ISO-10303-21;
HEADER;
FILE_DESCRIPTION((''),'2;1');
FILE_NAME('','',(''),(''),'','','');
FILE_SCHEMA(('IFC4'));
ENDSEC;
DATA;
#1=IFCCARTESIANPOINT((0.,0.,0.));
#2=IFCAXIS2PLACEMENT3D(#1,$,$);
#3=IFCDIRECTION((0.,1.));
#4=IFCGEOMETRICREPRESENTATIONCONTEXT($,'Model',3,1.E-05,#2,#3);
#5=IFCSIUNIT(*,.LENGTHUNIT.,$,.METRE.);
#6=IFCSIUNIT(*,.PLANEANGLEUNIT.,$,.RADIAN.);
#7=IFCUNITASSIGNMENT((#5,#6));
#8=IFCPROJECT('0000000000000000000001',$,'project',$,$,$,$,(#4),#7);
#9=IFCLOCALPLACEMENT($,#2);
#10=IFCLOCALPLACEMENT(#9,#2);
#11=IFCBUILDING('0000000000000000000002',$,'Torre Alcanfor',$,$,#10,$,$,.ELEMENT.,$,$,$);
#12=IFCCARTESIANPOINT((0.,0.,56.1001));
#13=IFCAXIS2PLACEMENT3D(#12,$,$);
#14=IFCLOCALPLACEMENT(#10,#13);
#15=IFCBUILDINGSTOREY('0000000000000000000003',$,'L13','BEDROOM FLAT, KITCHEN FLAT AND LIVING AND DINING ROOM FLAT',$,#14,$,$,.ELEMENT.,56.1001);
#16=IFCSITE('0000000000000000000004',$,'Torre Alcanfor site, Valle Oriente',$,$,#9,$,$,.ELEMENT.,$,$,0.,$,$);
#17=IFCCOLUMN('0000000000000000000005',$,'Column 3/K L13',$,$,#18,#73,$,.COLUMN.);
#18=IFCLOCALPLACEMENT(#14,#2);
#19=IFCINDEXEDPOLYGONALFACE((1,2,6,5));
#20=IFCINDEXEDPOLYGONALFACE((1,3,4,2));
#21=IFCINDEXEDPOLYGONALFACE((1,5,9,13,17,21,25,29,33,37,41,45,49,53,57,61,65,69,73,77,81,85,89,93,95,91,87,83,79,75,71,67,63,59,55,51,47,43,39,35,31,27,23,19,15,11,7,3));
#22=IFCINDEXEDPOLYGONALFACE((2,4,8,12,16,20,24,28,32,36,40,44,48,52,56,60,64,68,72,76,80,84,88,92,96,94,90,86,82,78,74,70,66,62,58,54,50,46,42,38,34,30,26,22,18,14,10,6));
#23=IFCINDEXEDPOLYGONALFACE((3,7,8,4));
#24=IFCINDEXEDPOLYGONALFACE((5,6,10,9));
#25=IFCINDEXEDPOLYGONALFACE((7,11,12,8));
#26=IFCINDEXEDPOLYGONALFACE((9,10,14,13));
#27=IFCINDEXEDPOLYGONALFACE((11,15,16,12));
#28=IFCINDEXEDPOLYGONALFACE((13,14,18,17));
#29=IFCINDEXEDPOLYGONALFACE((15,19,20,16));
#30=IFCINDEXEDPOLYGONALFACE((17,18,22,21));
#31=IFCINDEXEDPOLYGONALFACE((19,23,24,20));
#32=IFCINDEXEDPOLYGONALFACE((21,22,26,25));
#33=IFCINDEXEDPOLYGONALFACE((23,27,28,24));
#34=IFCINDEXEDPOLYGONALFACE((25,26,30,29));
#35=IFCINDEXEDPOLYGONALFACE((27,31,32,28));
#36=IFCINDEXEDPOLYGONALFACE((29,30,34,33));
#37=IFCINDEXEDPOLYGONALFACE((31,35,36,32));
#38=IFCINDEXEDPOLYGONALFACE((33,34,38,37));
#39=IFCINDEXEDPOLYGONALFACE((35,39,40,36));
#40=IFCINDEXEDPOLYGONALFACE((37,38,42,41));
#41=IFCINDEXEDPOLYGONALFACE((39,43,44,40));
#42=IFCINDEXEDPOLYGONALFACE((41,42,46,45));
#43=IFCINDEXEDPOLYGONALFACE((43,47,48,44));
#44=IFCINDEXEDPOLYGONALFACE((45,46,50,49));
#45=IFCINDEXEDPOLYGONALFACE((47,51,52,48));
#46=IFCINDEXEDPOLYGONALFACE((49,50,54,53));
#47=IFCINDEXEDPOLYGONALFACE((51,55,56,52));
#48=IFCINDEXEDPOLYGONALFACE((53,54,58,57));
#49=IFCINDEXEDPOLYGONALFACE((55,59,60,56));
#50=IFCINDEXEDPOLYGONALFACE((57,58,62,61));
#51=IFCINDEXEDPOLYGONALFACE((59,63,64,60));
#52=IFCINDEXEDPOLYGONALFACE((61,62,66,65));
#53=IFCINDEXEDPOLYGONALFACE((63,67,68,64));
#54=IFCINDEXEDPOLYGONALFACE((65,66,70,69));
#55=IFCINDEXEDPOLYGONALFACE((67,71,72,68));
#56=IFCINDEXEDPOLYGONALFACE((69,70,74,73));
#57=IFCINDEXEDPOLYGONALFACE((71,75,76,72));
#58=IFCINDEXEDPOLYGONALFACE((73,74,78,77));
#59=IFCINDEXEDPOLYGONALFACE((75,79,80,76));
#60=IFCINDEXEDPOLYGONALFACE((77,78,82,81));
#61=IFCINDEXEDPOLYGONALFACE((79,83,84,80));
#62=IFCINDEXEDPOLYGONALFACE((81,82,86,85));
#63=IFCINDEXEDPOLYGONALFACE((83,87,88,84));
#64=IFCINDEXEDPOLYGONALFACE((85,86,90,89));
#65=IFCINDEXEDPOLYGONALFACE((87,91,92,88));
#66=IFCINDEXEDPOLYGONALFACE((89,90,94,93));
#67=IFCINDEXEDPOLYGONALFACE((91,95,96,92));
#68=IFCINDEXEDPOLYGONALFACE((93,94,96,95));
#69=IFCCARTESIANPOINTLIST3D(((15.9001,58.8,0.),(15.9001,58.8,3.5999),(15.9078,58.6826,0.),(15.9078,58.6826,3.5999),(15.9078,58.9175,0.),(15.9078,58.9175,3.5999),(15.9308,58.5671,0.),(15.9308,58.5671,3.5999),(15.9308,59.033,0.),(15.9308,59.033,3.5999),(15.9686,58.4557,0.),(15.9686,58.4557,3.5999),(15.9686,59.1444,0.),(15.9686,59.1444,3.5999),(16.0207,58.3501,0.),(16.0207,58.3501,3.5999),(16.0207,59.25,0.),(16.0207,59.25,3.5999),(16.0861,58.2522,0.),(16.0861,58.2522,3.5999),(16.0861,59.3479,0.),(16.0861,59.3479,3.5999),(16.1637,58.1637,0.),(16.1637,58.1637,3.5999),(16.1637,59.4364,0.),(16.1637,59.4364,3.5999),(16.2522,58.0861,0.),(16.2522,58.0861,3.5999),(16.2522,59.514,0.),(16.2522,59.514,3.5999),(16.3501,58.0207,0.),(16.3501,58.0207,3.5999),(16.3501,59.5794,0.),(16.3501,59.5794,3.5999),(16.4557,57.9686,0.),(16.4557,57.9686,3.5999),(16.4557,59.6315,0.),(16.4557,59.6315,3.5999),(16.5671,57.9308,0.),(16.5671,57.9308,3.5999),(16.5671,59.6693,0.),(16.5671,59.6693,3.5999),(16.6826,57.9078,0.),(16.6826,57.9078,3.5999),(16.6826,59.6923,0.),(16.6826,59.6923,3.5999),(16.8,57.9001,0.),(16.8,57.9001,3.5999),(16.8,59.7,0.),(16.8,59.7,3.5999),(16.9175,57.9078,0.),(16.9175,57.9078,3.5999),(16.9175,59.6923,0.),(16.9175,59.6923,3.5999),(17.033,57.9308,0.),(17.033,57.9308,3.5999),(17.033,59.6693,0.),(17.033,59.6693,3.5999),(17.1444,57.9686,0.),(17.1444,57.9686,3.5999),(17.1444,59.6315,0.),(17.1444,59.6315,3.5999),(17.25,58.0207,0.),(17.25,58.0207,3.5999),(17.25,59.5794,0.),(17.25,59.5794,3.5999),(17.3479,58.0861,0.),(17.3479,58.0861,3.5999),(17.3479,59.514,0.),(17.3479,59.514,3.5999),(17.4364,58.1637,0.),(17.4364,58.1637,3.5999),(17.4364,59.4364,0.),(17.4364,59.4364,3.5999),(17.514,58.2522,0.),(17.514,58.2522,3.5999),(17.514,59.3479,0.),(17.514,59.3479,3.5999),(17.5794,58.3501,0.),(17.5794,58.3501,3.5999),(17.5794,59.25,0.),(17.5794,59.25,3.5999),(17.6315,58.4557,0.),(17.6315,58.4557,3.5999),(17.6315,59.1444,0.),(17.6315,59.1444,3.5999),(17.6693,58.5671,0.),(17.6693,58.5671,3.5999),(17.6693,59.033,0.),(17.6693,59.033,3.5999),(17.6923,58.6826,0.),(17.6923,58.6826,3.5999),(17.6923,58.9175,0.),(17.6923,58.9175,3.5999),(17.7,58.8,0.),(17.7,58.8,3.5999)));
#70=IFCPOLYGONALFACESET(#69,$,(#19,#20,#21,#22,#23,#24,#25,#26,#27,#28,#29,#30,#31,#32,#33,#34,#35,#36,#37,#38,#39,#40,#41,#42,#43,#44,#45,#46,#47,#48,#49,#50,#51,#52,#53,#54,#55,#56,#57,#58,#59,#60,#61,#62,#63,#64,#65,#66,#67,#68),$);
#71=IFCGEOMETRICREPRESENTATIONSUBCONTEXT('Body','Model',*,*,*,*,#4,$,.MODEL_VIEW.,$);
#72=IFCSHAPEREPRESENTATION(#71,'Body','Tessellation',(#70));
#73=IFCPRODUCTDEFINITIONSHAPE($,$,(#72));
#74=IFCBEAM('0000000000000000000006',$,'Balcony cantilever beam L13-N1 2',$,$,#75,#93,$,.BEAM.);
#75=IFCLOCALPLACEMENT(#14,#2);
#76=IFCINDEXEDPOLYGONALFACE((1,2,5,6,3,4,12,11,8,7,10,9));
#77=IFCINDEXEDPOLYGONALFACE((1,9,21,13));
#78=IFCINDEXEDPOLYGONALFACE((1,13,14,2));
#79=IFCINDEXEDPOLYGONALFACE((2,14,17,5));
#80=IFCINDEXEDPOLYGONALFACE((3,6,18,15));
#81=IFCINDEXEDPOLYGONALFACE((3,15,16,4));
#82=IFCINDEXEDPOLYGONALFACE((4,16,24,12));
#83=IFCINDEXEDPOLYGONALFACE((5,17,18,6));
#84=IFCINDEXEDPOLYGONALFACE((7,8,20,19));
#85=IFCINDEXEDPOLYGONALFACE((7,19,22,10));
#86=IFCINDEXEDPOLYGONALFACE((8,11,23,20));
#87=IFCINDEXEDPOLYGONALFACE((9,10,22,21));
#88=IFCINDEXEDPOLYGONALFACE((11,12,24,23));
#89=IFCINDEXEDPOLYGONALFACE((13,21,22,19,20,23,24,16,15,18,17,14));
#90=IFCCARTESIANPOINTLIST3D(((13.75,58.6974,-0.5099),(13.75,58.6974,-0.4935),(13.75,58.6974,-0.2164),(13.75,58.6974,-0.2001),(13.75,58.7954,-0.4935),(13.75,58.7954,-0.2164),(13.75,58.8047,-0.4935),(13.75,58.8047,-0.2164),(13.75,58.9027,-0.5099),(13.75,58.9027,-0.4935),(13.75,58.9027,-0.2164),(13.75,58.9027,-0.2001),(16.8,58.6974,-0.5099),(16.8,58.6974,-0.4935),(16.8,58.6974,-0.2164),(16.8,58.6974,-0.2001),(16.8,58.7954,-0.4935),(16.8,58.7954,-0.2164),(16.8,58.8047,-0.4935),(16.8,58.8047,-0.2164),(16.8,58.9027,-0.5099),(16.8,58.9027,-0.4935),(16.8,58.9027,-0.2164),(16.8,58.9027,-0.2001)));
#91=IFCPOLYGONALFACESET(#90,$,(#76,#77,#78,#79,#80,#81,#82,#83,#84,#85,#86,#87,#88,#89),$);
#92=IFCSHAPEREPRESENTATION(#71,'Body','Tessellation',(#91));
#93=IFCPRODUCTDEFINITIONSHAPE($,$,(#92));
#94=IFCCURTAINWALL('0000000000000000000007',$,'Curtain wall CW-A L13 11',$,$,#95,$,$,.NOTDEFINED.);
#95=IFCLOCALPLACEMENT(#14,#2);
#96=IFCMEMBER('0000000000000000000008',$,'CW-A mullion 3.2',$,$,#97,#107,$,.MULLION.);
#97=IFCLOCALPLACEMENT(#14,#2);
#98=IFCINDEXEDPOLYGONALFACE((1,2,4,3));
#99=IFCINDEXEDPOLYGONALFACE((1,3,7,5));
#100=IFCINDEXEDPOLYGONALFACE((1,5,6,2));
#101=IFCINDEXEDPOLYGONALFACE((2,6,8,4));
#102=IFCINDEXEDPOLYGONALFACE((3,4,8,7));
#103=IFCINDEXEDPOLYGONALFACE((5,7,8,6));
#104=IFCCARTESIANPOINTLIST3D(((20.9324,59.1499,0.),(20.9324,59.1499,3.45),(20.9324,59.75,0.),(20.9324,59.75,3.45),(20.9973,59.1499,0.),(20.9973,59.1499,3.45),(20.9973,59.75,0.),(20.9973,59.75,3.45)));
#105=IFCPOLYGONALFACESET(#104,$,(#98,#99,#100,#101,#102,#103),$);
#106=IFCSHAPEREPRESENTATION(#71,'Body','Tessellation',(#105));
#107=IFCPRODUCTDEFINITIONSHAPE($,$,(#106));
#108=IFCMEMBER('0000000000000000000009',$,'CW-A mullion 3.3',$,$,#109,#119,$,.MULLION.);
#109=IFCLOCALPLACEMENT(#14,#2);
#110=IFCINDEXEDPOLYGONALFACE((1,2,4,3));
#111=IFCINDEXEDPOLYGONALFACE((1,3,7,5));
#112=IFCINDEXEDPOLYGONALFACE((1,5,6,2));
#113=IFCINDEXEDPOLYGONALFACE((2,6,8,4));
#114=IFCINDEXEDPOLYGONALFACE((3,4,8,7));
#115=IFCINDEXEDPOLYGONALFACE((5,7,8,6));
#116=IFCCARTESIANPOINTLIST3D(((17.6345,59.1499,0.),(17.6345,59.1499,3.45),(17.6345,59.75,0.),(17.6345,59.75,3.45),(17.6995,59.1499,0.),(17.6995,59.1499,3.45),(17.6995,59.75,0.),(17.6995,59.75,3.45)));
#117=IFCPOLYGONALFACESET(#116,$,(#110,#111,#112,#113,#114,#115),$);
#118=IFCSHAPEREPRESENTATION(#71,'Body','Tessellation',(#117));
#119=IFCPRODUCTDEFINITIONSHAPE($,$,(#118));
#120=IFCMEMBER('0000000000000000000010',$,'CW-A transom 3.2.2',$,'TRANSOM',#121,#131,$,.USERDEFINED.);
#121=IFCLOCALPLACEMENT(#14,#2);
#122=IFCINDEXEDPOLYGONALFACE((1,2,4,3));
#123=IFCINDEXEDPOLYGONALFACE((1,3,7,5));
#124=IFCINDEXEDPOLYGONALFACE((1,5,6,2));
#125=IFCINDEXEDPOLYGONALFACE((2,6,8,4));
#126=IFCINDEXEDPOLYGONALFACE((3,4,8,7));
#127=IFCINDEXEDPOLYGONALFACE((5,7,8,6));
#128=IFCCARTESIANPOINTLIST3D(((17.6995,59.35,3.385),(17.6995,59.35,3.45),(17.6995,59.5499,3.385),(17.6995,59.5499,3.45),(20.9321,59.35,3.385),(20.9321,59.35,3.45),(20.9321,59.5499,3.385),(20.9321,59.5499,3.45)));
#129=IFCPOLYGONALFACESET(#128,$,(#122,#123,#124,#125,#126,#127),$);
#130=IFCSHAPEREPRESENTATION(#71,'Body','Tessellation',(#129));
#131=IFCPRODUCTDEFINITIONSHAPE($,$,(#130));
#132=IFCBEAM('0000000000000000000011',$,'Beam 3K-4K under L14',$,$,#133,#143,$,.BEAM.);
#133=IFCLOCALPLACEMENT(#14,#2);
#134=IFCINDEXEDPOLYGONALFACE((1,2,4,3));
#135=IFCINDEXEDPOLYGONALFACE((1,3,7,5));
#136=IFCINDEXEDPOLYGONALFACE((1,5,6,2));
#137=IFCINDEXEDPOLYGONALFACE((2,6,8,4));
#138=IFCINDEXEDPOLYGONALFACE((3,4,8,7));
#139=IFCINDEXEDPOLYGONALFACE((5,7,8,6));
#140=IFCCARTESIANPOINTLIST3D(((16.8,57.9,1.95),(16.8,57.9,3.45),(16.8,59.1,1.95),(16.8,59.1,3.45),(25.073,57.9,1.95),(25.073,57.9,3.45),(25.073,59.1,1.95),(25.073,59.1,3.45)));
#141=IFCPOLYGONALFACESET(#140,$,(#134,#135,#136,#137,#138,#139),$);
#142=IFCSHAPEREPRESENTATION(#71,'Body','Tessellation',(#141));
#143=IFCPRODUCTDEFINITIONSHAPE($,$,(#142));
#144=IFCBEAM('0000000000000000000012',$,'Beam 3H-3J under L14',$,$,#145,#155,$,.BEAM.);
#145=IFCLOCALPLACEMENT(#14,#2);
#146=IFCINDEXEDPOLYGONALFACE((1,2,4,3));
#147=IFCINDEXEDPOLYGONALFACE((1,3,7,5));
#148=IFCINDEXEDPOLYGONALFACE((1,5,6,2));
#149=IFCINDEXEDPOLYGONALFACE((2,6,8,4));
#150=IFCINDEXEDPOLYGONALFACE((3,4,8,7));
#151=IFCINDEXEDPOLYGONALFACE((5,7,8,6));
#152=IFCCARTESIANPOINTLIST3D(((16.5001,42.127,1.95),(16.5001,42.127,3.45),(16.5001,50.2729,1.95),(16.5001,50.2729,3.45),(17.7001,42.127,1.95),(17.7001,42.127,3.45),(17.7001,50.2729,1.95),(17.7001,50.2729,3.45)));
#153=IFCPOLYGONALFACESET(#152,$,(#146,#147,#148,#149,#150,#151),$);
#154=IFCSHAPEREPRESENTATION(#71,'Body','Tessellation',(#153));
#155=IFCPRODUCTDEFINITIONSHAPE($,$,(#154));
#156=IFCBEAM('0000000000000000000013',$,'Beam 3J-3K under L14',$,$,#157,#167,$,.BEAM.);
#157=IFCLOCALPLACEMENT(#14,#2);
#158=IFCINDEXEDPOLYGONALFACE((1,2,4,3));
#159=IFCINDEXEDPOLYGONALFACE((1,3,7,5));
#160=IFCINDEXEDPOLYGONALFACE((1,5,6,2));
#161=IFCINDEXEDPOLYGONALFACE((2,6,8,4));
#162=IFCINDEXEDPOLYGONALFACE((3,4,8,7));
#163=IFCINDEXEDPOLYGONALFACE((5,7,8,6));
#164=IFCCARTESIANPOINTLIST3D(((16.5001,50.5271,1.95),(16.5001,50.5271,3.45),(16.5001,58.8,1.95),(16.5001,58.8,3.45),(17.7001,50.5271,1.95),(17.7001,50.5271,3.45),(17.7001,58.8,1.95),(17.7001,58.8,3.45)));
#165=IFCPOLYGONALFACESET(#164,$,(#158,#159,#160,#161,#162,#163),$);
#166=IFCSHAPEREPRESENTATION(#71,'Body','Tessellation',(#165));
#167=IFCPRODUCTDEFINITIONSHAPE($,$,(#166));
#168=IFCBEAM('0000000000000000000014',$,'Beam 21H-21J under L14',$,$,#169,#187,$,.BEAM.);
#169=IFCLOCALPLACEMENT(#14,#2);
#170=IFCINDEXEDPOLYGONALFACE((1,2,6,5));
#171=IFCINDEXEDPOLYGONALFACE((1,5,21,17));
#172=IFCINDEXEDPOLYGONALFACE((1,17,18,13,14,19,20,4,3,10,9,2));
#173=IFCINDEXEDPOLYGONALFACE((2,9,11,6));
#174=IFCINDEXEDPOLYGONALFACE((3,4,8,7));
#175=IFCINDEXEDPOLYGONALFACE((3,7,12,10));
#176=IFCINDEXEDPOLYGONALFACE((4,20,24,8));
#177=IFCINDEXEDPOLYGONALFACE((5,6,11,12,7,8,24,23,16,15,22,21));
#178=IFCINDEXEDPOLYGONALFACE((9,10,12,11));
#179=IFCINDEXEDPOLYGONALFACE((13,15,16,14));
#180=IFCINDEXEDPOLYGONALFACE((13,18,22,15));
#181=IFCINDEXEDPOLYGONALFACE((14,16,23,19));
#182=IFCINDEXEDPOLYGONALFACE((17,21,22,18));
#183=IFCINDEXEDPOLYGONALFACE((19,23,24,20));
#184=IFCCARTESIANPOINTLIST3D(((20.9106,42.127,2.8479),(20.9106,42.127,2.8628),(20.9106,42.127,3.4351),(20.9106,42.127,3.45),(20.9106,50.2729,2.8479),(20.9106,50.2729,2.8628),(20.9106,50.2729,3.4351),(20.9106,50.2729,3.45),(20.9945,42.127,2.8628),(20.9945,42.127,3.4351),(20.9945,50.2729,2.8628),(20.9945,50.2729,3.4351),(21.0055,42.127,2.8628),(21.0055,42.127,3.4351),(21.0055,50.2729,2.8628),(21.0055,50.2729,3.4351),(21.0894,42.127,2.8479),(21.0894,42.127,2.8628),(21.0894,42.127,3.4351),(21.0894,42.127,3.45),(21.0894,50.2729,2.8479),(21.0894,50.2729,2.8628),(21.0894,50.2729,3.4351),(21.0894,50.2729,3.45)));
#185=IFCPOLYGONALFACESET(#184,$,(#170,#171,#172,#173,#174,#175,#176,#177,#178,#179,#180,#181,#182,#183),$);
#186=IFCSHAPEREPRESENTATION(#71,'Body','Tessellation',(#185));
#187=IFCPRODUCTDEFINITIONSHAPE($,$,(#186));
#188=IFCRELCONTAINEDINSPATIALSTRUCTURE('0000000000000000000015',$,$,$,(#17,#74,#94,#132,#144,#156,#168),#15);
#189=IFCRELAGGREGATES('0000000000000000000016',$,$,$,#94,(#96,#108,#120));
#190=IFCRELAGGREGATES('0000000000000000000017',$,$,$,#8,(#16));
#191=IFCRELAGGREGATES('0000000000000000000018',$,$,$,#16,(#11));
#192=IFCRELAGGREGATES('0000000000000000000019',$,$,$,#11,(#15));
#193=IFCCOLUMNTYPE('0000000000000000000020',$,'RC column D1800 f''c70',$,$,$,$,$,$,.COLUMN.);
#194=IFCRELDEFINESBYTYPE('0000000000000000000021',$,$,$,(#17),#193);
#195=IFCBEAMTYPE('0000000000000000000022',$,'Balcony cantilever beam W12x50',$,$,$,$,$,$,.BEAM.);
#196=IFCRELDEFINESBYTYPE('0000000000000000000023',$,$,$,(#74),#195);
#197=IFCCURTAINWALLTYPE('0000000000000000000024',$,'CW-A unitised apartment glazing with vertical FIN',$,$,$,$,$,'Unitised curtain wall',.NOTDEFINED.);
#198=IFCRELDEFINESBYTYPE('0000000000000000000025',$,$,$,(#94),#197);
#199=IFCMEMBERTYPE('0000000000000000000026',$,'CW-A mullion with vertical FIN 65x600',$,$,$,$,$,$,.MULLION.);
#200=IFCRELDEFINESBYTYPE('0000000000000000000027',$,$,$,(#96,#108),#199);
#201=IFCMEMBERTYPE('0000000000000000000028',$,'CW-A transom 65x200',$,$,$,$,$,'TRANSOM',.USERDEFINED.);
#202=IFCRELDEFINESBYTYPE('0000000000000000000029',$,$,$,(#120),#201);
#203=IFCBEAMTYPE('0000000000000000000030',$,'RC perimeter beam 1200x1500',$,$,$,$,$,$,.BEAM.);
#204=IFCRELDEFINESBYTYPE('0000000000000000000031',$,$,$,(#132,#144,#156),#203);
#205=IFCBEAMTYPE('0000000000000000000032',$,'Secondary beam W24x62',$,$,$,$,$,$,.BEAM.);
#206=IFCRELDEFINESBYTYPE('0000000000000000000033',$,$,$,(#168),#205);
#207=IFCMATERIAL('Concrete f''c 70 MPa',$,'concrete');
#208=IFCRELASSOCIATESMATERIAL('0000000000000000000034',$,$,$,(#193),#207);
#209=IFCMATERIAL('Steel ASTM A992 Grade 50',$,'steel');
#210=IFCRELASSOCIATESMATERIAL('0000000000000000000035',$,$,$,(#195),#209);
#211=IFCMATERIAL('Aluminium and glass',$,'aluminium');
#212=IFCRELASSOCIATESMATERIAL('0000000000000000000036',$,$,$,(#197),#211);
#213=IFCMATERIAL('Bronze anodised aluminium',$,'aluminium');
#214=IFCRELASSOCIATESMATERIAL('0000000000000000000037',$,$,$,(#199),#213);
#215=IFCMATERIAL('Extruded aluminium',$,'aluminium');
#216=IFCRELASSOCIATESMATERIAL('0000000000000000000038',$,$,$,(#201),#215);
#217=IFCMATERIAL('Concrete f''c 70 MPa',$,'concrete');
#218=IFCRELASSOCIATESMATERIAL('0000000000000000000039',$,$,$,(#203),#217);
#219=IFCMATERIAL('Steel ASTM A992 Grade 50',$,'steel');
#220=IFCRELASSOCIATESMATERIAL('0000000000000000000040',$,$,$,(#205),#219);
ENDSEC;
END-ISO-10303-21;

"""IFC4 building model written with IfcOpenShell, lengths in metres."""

from ifc_helpers import new_model, si_unit, direction, frame, origin, origin_2d, place, context, subcontext, project, spatial, rectangle, circle, i_section, extrude, material, material_profile, profile_set, type_object, element, aggregate, save


model = new_model("IFC4")

# Units and contexts
model_context = context("Model", 3, precision=1e-05, world=origin(), true_north=direction((0.0, 1.0)))
body_context = subcontext(model_context, "Body", "Model", "MODEL_VIEW")
ifc_project = project(units=[si_unit("LENGTHUNIT", "METRE"), si_unit("PLANEANGLEUNIT", "RADIAN")], contexts=[model_context])

# Site, building, storey
site_placement = place(None, origin())
site = spatial("IfcSite", under=ifc_project, at=site_placement, Name="Torre Alcanfor site, Valle Oriente", CompositionType="ELEMENT", RefElevation=0.0)
building_placement = place(site_placement, origin())
building = spatial("IfcBuilding", under=site, at=building_placement, Name="Torre Alcanfor", CompositionType="ELEMENT")
storey_placement = place(building_placement, frame((0.0, 0.0, 56.1001)))
storey = spatial("IfcBuildingStorey", under=building, at=storey_placement, Name="L13", Description="BEDROOM FLAT, KITCHEN FLAT AND LIVING AND DINING ROOM FLAT", CompositionType="ELEMENT", Elevation=56.1001)

# Column
ifc_material_1 = material(Name="Concrete f'c 70 MPa", Category="concrete")
ifc_material_profile_1 = material_profile(ifc_material_1, circle(Radius=0.8999, at=origin_2d()), Name="D1800")
ifc_profile_set_1 = profile_set([ifc_material_profile_1], Name="Concrete f'c 70 MPa")
column_type = type_object("IfcColumnType", Name="RC column D1800 f'c70", PredefinedType="COLUMN", material=ifc_profile_set_1)
column_placement = place(storey_placement, frame((16.8, 58.8, 0.0), z_axis=(0.0, 0.0, 1.0), x_axis=(1.0, 0.0, 0.0)))
element("IfcColumn", 1, at=column_placement, inside=storey, type_object=column_type, Name="Column 3/K L13", PredefinedType="COLUMN", context=body_context, shape_type="SweptSolid", body=[
    extrude(circle(Radius=0.8999, at=origin_2d()), origin(), (0.0, 0.0, 1.0), 3.5999),
])

# Beam
ifc_material_2 = material(Name="Steel ASTM A992 Grade 50", Category="steel")
ifc_material_profile_2 = material_profile(ifc_material_2, i_section(OverallWidth=0.2053, OverallDepth=0.3098, WebThickness=0.0093, FlangeThickness=0.0164, at=origin_2d()), Name="W12x50")
ifc_profile_set_2 = profile_set([ifc_material_profile_2], Name="Steel ASTM A992 Grade 50")
beam_type_1 = type_object("IfcBeamType", Name="Balcony cantilever beam W12x50", PredefinedType="BEAM", material=ifc_profile_set_2)
beam_1_placement = place(storey_placement, frame((16.8, 58.8, -0.355), z_axis=(-1.0, 0.0, 0.0), x_axis=(0.0, -1.0, 0.0)))
element("IfcBeam", 2, at=beam_1_placement, inside=storey, type_object=beam_type_1, Name="Balcony cantilever beam L13-N1 2", PredefinedType="BEAM", context=body_context, shape_type="SweptSolid", body=[
    extrude(i_section(OverallWidth=0.2053, OverallDepth=0.3098, WebThickness=0.0093, FlangeThickness=0.0164, at=origin_2d()), origin(), (0.0, 0.0, 1.0), 3.05),
])

# Curtain wall, members
ifc_material_3 = material(Name="Aluminium and glass", Category="aluminium")
curtain_wall_type = type_object("IfcCurtainWallType", Name="CW-A unitised apartment glazing with vertical FIN", ElementType="Unitised curtain wall", PredefinedType="NOTDEFINED", material=ifc_material_3)
curtain_wall_placement = place(storey_placement, origin())
curtain_wall = element("IfcCurtainWall", 3, at=curtain_wall_placement, inside=storey, type_object=curtain_wall_type, Name="Curtain wall CW-A L13 11", PredefinedType="NOTDEFINED")
ifc_material_4 = material(Name="Bronze anodised aluminium", Category="aluminium")
ifc_material_profile_3 = material_profile(ifc_material_4, rectangle(XDim=0.6001, YDim=0.0649, at=origin_2d()), Name="CW-A mullion 65x600")
ifc_profile_set_3 = profile_set([ifc_material_profile_3], Name="Bronze anodised aluminium")
member_type_1 = type_object("IfcMemberType", Name="CW-A mullion with vertical FIN 65x600", PredefinedType="MULLION", material=ifc_profile_set_3)
member_1_placement = place(storey_placement, frame((20.9648, 59.45, 0.0), z_axis=(0.0, 0.0, 1.0), x_axis=(0.0, -1.0, 0.0)))
member_1 = element("IfcMember", 4, at=member_1_placement, type_object=member_type_1, Name="CW-A mullion 3.2", PredefinedType="MULLION", context=body_context, shape_type="SweptSolid", body=[
    extrude(rectangle(XDim=0.6001, YDim=0.0649, at=origin_2d()), origin(), (0.0, 0.0, 1.0), 3.45),
])
member_2_placement = place(storey_placement, frame((17.667, 59.45, 0.0), z_axis=(0.0, 0.0, 1.0), x_axis=(0.0, -1.0, 0.0)))
member_2 = element("IfcMember", 5, at=member_2_placement, type_object=member_type_1, Name="CW-A mullion 3.3", PredefinedType="MULLION", context=body_context, shape_type="SweptSolid", body=[
    extrude(rectangle(XDim=0.6001, YDim=0.0649, at=origin_2d()), origin(), (0.0, 0.0, 1.0), 3.45),
])
ifc_material_5 = material(Name="Extruded aluminium", Category="aluminium")
ifc_material_profile_4 = material_profile(ifc_material_5, rectangle(XDim=0.2, YDim=0.0649, at=origin_2d()), Name="CW-A transom 200x65")
ifc_profile_set_4 = profile_set([ifc_material_profile_4], Name="Extruded aluminium")
member_type_2 = type_object("IfcMemberType", Name="CW-A transom 65x200", ElementType="TRANSOM", PredefinedType="USERDEFINED", material=ifc_profile_set_4)
member_3_placement = place(storey_placement, frame((20.9321, 59.45, 3.4175), z_axis=(-1.0, 0.0, 0.0), x_axis=(0.0, -1.0, 0.0)))
member_3 = element("IfcMember", 6, at=member_3_placement, type_object=member_type_2, Name="CW-A transom 3.2.2", ObjectType="TRANSOM", PredefinedType="USERDEFINED", context=body_context, shape_type="SweptSolid", body=[
    extrude(rectangle(XDim=0.2, YDim=0.0649, at=origin_2d()), origin(), (0.0, 0.0, 1.0), 3.2327),
])

# Beams
ifc_material_6 = material(Name="Concrete f'c 70 MPa", Category="concrete")
ifc_material_profile_5 = material_profile(ifc_material_6, rectangle(XDim=1.2, YDim=1.5, at=origin_2d()), Name="1200x1500")
ifc_profile_set_5 = profile_set([ifc_material_profile_5], Name="Concrete f'c 70 MPa")
beam_type_2 = type_object("IfcBeamType", Name="RC perimeter beam 1200x1500", PredefinedType="BEAM", material=ifc_profile_set_5)
beam_2_placement = place(storey_placement, frame((16.8, 58.5, 2.7), z_axis=(1.0, 0.0, 0.0), x_axis=(0.0, 1.0, 0.0)))
element("IfcBeam", 7, at=beam_2_placement, inside=storey, type_object=beam_type_2, Name="Beam 3K-4K under L14", PredefinedType="BEAM", context=body_context, shape_type="SweptSolid", body=[
    extrude(rectangle(XDim=1.2, YDim=1.5, at=origin_2d()), origin(), (0.0, 0.0, 1.0), 8.2729),
])
beam_3_placement = place(storey_placement, frame((17.1001, 42.127, 2.7), z_axis=(0.0, 1.0, 0.0), x_axis=(-1.0, 0.0, 0.0)))
element("IfcBeam", 8, at=beam_3_placement, inside=storey, type_object=beam_type_2, Name="Beam 3H-3J under L14", PredefinedType="BEAM", context=body_context, shape_type="SweptSolid", body=[
    extrude(rectangle(XDim=1.2, YDim=1.5, at=origin_2d()), origin(), (0.0, 0.0, 1.0), 8.146),
])
beam_4_placement = place(storey_placement, frame((17.1001, 50.5271, 2.7), z_axis=(0.0, 1.0, 0.0), x_axis=(-1.0, 0.0, 0.0)))
element("IfcBeam", 9, at=beam_4_placement, inside=storey, type_object=beam_type_2, Name="Beam 3J-3K under L14", PredefinedType="BEAM", context=body_context, shape_type="SweptSolid", body=[
    extrude(rectangle(XDim=1.2, YDim=1.5, at=origin_2d()), origin(), (0.0, 0.0, 1.0), 8.2729),
])
ifc_material_7 = material(Name="Steel ASTM A992 Grade 50", Category="steel")
ifc_material_profile_6 = material_profile(ifc_material_7, i_section(OverallWidth=0.1787, OverallDepth=0.6021, WebThickness=0.011, FlangeThickness=0.0149, at=origin_2d()), Name="W24x62")
ifc_profile_set_6 = profile_set([ifc_material_profile_6], Name="Steel ASTM A992 Grade 50")
beam_type_3 = type_object("IfcBeamType", Name="Secondary beam W24x62", PredefinedType="BEAM", material=ifc_profile_set_6)
beam_5_placement = place(storey_placement, frame((21.0, 42.127, 3.1489), z_axis=(0.0, 1.0, 0.0), x_axis=(-1.0, 0.0, 0.0)))
element("IfcBeam", 10, at=beam_5_placement, inside=storey, type_object=beam_type_3, Name="Beam 21H-21J under L14", PredefinedType="BEAM", context=body_context, shape_type="SweptSolid", body=[
    extrude(i_section(OverallWidth=0.1787, OverallDepth=0.6021, WebThickness=0.011, FlangeThickness=0.0149, at=origin_2d()), origin(), (0.0, 0.0, 1.0), 8.146),
])

aggregate(curtain_wall, [member_1, member_2, member_3])

save(model, "model.ifc")
